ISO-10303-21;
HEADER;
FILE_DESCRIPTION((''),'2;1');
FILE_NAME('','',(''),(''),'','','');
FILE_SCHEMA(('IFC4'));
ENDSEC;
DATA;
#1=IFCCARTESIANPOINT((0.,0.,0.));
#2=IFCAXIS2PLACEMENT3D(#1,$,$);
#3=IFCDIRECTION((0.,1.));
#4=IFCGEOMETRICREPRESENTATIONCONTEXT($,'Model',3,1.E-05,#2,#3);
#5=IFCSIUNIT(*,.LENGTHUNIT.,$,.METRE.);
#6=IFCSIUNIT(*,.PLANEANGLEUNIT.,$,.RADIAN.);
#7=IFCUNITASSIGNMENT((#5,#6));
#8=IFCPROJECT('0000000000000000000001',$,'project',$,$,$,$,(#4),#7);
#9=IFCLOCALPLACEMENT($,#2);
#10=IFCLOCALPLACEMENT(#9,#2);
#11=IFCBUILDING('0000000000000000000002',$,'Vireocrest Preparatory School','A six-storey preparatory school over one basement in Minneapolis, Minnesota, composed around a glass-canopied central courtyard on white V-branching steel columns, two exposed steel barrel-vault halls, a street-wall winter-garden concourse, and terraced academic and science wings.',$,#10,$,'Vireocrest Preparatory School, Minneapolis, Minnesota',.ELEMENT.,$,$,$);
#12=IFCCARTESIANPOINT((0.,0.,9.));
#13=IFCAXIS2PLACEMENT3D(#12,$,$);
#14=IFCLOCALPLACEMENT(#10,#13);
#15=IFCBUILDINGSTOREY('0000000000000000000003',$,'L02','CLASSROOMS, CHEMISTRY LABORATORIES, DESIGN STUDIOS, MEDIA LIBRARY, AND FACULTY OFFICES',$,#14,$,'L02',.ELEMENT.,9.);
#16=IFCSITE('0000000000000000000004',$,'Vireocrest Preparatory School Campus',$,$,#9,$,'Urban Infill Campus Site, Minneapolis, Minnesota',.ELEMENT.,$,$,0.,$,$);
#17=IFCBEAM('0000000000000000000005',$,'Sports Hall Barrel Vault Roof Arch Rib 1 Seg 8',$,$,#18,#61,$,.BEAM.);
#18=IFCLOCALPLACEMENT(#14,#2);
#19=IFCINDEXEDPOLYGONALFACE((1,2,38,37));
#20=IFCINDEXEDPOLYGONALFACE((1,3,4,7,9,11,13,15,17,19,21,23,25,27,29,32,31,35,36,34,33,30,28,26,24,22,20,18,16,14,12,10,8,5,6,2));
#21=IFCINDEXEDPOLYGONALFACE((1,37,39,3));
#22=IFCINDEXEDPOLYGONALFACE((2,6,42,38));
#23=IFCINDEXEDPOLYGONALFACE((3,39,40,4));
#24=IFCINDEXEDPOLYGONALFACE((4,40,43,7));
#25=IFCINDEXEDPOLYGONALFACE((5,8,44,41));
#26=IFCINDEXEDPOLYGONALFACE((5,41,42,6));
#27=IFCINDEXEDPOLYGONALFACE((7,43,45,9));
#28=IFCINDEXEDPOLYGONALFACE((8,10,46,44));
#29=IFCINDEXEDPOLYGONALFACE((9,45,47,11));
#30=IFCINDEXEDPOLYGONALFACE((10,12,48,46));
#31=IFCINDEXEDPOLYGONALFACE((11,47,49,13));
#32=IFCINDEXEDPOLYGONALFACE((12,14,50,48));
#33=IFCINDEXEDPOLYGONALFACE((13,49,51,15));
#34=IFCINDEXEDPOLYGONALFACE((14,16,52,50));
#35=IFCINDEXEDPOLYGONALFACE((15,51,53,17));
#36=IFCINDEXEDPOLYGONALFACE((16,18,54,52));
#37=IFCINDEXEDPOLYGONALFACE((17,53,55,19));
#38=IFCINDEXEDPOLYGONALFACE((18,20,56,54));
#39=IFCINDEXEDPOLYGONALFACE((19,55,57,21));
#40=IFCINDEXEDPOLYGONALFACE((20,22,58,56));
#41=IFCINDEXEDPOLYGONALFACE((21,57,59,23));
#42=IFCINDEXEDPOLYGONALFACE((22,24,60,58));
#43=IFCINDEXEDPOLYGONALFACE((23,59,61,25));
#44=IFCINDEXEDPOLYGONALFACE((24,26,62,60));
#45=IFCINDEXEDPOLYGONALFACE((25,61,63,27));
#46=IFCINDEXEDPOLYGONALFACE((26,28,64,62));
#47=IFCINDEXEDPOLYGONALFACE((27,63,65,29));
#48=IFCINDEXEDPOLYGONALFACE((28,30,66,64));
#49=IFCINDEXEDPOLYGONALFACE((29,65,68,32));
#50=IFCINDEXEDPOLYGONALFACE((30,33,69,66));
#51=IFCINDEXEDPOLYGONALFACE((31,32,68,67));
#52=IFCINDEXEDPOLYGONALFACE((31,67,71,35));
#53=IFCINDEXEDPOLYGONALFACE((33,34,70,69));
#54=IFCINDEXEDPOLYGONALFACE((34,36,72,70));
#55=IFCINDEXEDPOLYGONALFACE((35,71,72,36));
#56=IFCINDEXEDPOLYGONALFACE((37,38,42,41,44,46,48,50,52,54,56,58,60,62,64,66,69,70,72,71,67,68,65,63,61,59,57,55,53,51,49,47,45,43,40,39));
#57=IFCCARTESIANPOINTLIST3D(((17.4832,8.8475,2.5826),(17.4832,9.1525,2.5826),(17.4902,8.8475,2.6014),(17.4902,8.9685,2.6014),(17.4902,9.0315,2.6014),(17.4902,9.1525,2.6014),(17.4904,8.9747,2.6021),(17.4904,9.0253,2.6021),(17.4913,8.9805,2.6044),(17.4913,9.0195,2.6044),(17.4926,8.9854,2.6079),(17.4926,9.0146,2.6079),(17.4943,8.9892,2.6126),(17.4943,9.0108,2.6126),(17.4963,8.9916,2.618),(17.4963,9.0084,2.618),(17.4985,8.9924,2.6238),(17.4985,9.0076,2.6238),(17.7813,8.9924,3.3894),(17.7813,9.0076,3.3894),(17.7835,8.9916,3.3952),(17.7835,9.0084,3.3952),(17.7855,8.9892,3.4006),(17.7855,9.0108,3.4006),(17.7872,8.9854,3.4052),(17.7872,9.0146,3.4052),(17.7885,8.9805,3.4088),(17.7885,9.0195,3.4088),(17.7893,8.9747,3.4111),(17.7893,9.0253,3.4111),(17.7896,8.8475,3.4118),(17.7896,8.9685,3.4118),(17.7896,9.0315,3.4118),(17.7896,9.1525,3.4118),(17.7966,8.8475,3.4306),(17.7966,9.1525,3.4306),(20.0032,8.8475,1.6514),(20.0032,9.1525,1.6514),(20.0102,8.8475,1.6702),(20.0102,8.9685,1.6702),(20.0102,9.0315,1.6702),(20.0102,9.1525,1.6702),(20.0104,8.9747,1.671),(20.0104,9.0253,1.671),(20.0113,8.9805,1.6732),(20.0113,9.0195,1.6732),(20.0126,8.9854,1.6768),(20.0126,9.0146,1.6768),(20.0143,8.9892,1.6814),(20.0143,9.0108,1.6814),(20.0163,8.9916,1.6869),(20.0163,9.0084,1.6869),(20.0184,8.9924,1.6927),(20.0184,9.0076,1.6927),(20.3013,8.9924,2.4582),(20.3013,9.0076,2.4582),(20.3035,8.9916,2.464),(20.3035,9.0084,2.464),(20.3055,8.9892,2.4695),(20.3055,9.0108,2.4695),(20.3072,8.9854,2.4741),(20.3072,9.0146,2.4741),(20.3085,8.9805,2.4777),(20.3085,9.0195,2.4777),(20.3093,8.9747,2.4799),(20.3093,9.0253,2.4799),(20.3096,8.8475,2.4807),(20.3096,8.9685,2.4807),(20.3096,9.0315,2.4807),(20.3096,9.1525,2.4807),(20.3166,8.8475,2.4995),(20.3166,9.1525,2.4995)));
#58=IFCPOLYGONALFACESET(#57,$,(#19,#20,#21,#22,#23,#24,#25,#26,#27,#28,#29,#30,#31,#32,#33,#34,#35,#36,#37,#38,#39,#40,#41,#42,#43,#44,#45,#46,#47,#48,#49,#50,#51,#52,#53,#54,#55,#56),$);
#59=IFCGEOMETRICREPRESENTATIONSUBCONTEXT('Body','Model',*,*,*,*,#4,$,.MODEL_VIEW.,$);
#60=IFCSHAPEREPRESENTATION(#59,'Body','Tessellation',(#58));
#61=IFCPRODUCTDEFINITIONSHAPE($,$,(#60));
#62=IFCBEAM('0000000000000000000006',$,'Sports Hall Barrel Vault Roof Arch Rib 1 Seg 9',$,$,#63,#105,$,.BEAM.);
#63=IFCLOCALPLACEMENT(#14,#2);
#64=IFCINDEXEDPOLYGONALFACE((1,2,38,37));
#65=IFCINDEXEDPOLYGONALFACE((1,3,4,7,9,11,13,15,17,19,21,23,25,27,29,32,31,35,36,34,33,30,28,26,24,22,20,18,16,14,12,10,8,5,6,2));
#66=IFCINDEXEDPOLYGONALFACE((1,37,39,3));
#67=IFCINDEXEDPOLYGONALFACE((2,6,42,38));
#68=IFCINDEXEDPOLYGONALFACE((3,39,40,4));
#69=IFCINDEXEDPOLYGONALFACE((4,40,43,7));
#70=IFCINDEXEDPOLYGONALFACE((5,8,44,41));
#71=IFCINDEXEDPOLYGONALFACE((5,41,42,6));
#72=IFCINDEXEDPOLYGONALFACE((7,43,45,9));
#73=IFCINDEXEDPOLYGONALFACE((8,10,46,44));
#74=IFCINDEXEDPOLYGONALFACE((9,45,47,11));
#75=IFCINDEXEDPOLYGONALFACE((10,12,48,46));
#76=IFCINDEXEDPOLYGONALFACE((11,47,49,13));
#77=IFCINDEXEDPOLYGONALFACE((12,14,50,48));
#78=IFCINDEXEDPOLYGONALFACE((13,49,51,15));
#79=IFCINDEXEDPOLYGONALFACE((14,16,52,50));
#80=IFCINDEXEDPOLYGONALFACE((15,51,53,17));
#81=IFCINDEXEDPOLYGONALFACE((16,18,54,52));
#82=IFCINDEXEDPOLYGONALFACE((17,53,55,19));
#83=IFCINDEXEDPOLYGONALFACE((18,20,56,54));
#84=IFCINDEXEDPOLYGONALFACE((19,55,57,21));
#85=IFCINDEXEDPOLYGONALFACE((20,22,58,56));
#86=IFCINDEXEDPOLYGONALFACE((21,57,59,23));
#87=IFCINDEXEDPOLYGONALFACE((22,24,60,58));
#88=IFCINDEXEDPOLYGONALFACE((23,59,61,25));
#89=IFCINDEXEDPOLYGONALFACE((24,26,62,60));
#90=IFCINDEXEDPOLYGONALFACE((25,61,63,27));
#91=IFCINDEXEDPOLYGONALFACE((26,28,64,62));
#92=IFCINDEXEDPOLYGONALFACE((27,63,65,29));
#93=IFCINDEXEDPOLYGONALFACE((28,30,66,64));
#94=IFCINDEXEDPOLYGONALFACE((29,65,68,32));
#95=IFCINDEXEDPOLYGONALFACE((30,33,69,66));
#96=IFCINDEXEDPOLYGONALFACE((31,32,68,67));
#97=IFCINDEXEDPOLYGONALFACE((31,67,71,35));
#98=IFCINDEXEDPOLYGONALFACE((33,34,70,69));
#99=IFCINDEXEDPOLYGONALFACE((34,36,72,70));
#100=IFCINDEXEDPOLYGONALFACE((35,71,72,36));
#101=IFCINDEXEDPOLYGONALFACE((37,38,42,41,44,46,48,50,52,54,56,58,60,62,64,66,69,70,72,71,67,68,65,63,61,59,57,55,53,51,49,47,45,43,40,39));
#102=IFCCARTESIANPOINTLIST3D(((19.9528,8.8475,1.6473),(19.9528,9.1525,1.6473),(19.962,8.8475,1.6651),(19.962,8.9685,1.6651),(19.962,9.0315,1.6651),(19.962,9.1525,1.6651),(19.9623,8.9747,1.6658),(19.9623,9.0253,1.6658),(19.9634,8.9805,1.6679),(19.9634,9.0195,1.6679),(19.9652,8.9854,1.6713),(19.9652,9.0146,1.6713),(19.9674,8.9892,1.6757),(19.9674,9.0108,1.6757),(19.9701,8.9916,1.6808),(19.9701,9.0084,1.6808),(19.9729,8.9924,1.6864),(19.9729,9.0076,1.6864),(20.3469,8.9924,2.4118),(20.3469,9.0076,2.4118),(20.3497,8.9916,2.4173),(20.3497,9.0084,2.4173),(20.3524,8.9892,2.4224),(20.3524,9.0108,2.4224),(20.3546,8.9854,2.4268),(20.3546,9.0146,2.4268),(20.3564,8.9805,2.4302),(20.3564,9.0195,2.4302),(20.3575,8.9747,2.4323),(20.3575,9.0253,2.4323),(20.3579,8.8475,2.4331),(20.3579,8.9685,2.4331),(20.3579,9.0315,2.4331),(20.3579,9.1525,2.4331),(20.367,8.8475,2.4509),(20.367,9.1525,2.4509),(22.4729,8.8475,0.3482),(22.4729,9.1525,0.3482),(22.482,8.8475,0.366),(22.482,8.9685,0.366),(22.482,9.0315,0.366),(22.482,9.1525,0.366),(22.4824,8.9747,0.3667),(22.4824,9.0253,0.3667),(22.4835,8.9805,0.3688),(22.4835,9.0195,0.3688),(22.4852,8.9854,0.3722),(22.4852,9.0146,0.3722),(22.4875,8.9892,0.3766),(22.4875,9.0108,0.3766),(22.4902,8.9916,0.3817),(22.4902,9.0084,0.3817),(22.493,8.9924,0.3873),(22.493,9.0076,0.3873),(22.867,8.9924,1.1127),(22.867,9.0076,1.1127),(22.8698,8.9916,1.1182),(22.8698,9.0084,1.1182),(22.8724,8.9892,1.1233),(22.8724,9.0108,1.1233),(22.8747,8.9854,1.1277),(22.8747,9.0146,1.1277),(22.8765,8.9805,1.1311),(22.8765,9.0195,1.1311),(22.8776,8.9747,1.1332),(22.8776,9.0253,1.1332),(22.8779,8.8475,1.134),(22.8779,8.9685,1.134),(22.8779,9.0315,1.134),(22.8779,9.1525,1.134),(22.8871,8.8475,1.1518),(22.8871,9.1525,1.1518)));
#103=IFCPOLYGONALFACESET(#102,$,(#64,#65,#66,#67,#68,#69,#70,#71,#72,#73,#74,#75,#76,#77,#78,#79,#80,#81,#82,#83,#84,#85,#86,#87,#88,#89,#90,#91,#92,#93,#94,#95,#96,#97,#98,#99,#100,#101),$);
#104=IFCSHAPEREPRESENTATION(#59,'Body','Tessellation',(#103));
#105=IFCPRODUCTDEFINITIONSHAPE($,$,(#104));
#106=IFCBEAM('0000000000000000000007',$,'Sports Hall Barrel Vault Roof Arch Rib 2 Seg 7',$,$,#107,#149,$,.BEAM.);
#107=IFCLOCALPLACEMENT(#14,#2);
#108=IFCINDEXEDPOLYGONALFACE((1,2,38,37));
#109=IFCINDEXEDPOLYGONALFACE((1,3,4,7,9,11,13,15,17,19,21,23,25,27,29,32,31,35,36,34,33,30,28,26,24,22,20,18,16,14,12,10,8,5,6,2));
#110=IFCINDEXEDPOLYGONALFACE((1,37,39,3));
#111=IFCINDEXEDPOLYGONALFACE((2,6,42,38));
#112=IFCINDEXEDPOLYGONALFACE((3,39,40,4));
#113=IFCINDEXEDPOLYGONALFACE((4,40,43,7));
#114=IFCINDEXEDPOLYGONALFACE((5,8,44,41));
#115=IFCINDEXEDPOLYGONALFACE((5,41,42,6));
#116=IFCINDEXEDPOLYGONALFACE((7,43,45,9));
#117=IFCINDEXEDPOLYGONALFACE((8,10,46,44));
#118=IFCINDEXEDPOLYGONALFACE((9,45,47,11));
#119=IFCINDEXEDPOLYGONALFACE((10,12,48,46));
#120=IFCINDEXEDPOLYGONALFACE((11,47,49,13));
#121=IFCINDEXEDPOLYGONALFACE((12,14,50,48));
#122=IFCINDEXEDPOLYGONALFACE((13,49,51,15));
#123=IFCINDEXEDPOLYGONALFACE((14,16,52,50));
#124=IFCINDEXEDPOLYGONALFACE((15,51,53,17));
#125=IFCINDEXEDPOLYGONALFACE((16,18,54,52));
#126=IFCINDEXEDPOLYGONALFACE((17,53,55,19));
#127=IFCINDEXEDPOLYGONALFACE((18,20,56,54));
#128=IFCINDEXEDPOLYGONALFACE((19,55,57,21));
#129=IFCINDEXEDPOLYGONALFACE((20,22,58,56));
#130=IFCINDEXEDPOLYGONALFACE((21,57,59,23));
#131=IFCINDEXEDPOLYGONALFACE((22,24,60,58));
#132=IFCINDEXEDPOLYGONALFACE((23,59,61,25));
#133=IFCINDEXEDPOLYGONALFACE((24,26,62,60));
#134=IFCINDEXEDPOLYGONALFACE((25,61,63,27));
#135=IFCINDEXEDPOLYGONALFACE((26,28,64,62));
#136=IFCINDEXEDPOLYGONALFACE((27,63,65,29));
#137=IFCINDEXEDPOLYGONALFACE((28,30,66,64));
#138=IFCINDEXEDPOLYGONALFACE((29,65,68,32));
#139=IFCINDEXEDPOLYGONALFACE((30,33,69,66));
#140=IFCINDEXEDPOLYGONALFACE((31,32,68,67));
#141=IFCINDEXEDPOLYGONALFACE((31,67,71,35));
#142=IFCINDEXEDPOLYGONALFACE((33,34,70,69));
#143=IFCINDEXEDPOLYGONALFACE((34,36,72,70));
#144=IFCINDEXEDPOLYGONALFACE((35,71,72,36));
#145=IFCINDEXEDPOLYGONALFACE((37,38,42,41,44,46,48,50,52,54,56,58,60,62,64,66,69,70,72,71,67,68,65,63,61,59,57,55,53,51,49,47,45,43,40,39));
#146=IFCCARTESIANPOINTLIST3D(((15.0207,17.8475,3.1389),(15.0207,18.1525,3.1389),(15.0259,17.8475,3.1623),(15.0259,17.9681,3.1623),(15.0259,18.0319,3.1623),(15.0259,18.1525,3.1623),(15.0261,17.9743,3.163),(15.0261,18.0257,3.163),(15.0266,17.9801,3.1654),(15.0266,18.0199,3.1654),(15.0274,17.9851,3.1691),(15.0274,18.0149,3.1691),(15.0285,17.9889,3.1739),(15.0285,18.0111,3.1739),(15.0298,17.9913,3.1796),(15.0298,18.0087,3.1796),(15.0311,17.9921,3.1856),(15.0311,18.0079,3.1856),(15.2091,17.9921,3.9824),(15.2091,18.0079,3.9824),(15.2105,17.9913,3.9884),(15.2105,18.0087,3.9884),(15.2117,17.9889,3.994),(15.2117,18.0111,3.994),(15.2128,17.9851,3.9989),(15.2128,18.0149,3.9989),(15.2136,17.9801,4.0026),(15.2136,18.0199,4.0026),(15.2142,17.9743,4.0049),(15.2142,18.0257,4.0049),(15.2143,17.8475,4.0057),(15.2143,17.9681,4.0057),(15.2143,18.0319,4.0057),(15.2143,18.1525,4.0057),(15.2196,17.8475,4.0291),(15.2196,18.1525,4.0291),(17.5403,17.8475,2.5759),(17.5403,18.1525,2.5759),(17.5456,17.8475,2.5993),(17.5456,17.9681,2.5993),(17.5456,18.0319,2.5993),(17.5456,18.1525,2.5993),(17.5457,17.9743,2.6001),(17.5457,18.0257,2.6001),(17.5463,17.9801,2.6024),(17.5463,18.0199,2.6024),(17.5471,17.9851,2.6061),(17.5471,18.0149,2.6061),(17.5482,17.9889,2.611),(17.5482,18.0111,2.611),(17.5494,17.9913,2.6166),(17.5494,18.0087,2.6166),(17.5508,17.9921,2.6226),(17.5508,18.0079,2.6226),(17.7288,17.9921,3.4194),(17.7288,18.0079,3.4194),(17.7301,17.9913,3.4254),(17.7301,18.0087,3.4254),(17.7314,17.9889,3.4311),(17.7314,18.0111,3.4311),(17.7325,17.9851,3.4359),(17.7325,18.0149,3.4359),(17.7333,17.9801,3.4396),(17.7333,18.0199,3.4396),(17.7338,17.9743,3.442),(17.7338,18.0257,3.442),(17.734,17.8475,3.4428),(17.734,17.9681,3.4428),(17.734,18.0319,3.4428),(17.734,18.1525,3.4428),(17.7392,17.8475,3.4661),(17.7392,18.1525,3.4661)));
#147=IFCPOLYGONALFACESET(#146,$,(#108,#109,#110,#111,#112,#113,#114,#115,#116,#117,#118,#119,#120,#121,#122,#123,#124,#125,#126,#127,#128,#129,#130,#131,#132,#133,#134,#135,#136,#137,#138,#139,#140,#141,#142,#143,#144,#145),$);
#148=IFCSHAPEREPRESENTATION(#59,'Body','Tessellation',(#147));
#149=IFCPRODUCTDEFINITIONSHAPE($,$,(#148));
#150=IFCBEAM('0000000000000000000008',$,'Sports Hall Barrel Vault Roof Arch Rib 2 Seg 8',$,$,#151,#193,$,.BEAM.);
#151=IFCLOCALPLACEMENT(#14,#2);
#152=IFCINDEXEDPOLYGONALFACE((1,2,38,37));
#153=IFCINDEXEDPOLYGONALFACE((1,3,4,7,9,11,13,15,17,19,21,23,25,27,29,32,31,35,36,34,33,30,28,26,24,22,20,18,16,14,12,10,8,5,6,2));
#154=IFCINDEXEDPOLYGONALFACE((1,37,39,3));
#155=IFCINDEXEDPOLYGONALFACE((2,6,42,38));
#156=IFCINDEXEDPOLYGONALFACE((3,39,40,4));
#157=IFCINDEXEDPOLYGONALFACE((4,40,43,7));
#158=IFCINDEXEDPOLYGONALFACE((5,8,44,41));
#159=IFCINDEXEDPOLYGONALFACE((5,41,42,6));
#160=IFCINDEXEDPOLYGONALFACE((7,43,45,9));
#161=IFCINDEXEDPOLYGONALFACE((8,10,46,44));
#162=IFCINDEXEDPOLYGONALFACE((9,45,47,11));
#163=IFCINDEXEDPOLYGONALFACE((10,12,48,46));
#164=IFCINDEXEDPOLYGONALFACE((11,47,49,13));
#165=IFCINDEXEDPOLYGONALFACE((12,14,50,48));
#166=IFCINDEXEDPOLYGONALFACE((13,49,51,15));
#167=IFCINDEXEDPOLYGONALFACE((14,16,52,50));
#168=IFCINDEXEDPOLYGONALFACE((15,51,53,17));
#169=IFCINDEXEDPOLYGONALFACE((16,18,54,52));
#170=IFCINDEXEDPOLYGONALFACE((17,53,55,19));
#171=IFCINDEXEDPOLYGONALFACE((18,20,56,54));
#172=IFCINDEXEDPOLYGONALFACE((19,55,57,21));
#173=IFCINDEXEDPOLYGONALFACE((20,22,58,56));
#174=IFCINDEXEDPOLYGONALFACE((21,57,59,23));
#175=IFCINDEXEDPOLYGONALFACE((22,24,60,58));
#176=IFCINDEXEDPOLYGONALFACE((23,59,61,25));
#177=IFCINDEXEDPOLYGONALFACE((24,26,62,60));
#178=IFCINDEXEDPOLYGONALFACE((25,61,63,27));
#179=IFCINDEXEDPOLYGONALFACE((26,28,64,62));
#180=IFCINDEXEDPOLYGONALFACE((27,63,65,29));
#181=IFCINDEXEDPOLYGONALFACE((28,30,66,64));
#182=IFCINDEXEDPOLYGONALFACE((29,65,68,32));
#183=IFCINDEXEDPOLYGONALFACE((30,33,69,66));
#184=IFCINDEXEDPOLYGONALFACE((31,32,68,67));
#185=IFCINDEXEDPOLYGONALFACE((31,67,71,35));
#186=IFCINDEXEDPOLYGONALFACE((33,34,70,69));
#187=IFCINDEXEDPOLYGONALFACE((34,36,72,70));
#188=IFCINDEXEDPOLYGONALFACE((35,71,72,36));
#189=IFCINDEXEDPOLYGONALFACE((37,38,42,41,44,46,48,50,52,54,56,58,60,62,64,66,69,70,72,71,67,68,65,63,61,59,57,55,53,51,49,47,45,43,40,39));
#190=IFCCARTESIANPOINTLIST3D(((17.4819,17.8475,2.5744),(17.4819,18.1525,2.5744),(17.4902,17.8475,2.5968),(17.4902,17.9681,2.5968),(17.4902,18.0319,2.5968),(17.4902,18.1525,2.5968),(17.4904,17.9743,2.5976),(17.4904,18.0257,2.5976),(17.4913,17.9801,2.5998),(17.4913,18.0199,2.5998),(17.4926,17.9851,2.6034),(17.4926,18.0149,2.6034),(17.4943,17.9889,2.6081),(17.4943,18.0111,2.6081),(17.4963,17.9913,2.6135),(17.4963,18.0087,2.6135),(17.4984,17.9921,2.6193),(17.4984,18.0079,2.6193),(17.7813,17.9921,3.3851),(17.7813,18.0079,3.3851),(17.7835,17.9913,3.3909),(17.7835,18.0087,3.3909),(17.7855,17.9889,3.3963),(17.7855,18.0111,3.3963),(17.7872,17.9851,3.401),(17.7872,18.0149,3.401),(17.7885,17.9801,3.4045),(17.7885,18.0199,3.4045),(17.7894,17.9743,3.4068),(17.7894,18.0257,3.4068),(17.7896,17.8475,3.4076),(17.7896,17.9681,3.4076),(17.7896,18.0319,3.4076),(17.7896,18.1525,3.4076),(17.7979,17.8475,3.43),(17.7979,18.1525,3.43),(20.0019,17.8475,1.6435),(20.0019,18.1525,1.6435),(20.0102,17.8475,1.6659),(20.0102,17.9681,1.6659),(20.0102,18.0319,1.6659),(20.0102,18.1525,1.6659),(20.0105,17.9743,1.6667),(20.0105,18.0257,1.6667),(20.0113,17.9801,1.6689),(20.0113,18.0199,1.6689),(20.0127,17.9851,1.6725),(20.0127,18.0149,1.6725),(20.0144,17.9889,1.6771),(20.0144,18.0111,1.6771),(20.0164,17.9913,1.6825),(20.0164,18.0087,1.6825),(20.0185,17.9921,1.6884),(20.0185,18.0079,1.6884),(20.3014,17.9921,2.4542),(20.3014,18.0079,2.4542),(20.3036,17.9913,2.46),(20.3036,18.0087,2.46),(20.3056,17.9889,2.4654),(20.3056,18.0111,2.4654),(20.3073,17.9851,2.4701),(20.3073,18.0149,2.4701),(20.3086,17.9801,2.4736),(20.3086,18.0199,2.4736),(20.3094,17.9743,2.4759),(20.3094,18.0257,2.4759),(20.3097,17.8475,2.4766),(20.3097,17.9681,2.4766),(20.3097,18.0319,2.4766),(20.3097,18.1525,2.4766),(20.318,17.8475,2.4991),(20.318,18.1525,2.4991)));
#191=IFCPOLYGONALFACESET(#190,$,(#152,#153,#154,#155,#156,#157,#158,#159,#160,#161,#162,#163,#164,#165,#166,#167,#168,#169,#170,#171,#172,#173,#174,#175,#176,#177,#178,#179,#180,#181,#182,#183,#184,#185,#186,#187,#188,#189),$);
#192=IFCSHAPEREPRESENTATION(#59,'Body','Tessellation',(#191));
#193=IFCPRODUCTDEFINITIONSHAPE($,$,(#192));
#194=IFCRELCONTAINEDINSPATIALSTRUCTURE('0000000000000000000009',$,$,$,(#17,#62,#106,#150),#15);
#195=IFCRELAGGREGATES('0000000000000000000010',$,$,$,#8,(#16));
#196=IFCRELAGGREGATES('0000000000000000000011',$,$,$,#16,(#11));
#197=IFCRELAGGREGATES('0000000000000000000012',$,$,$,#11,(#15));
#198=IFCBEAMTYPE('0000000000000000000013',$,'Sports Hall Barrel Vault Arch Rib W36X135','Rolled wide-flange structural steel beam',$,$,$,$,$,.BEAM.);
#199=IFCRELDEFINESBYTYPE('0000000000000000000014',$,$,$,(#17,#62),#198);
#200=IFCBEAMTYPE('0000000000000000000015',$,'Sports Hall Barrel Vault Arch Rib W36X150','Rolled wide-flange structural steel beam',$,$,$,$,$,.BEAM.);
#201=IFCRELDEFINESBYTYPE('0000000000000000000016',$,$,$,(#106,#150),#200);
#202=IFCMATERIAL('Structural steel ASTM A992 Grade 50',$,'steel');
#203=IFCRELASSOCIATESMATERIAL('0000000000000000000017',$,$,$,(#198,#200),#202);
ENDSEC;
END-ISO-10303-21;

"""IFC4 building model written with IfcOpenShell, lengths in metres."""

from ifc_helpers import new_model, si_unit, direction, frame, origin, origin_2d, place, context, subcontext, project, spatial, i_section, extrude, material, material_profile, profile_set, type_object, element, save


model = new_model("IFC4")

# Units and contexts
model_context = context("Model", 3, precision=1e-05, world=origin(), true_north=direction((0.0, 1.0)))
body_context = subcontext(model_context, "Body", "Model", "MODEL_VIEW")
ifc_project = project(units=[si_unit("LENGTHUNIT", "METRE"), si_unit("PLANEANGLEUNIT", "RADIAN")], contexts=[model_context])

# Site, building, storey
site_placement = place(None, origin())
site = spatial("IfcSite", under=ifc_project, at=site_placement, Name="Vireocrest Preparatory School Campus", LongName="Urban Infill Campus Site, Minneapolis, Minnesota", CompositionType="ELEMENT", RefElevation=0.0)
building_placement = place(site_placement, origin())
building = spatial("IfcBuilding", under=site, at=building_placement, Name="Vireocrest Preparatory School", Description="A six-storey preparatory school over one basement in Minneapolis, Minnesota, composed around a glass-canopied central courtyard on white V-branching steel columns, two exposed steel barrel-vault halls, a street-wall winter-garden concourse, and terraced academic and science wings.", LongName="Vireocrest Preparatory School, Minneapolis, Minnesota", CompositionType="ELEMENT")
storey_placement = place(building_placement, frame((0.0, 0.0, 9.0)))
storey = spatial("IfcBuildingStorey", under=building, at=storey_placement, Name="L02", Description="CLASSROOMS, CHEMISTRY LABORATORIES, DESIGN STUDIOS, MEDIA LIBRARY, AND FACULTY OFFICES", LongName="L02", CompositionType="ELEMENT", Elevation=9.0)

# Beams
ifc_material_1 = material(Name="Structural steel ASTM A992 Grade 50", Category="steel")
ifc_material_profile_1 = material_profile(ifc_material_1, i_section(OverallWidth=0.3049, OverallDepth=0.9041, WebThickness=0.0151, FlangeThickness=0.02, FilletRadius=0.0239, at=origin_2d()), Name="W36X135")
ifc_profile_set_1 = profile_set([ifc_material_profile_1], Name="Structural steel ASTM A992 Grade 50")
beam_type_1 = type_object("IfcBeamType", Name="Sports Hall Barrel Vault Arch Rib W36X135", Description="Rolled wide-flange structural steel beam", PredefinedType="BEAM", material=ifc_profile_set_1)
beam_1_placement = place(storey_placement, frame((17.6399, 9.0, 3.0066), z_axis=(0.938014, 0.0, -0.346598), x_axis=(0.0, 1.0, 0.0)))
element("IfcBeam", 1, at=beam_1_placement, inside=storey, type_object=beam_type_1, Name="Sports Hall Barrel Vault Roof Arch Rib 1 Seg 8", PredefinedType="BEAM", context=body_context, shape_type="SweptSolid", body=[
    extrude(i_section(OverallWidth=0.3049, OverallDepth=0.9041, WebThickness=0.0151, FlangeThickness=0.02, FilletRadius=0.0239, at=origin_2d()), origin(), (0.0, 0.0, 1.0), 2.6865),
])
beam_2_placement = place(storey_placement, frame((20.1599, 9.0, 2.0491), z_axis=(0.888848, 0.0, -0.458202), x_axis=(0.0, 1.0, 0.0)))
element("IfcBeam", 2, at=beam_2_placement, inside=storey, type_object=beam_type_1, Name="Sports Hall Barrel Vault Roof Arch Rib 1 Seg 9", PredefinedType="BEAM", context=body_context, shape_type="SweptSolid", body=[
    extrude(i_section(OverallWidth=0.3049, OverallDepth=0.9041, WebThickness=0.0151, FlangeThickness=0.02, FilletRadius=0.0239, at=origin_2d()), origin(), (0.0, 0.0, 1.0), 2.8352),
])
ifc_material_profile_2 = material_profile(ifc_material_1, i_section(OverallWidth=0.3049, OverallDepth=0.9121, WebThickness=0.0159, FlangeThickness=0.0239, FilletRadius=0.0239, at=origin_2d()), Name="W36X150")
ifc_profile_set_2 = profile_set([ifc_material_profile_2], Name="Structural steel ASTM A992 Grade 50")
beam_type_2 = type_object("IfcBeamType", Name="Sports Hall Barrel Vault Arch Rib W36X150", Description="Rolled wide-flange structural steel beam", PredefinedType="BEAM", material=ifc_profile_set_2)
beam_3_placement = place(storey_placement, frame((15.1201, 18.0, 3.584), z_axis=(0.975937, 0.0, -0.218052), x_axis=(0.0, 1.0, 0.0)))
element("IfcBeam", 3, at=beam_3_placement, inside=storey, type_object=beam_type_2, Name="Sports Hall Barrel Vault Roof Arch Rib 2 Seg 7", PredefinedType="BEAM", context=body_context, shape_type="SweptSolid", body=[
    extrude(i_section(OverallWidth=0.3049, OverallDepth=0.9121, WebThickness=0.0159, FlangeThickness=0.0239, FilletRadius=0.0239, at=origin_2d()), origin(), (0.0, 0.0, 1.0), 2.5818),
])
beam_4_placement = place(storey_placement, frame((17.6399, 18.0, 3.0022), z_axis=(0.938043, 0.0, -0.346518), x_axis=(0.0, 1.0, 0.0)))
element("IfcBeam", 4, at=beam_4_placement, inside=storey, type_object=beam_type_2, Name="Sports Hall Barrel Vault Roof Arch Rib 2 Seg 8", PredefinedType="BEAM", context=body_context, shape_type="SweptSolid", body=[
    extrude(i_section(OverallWidth=0.3049, OverallDepth=0.9121, WebThickness=0.0159, FlangeThickness=0.0239, FilletRadius=0.0239, at=origin_2d()), origin(), (0.0, 0.0, 1.0), 2.6865),
])

save(model, "model.ifc")
